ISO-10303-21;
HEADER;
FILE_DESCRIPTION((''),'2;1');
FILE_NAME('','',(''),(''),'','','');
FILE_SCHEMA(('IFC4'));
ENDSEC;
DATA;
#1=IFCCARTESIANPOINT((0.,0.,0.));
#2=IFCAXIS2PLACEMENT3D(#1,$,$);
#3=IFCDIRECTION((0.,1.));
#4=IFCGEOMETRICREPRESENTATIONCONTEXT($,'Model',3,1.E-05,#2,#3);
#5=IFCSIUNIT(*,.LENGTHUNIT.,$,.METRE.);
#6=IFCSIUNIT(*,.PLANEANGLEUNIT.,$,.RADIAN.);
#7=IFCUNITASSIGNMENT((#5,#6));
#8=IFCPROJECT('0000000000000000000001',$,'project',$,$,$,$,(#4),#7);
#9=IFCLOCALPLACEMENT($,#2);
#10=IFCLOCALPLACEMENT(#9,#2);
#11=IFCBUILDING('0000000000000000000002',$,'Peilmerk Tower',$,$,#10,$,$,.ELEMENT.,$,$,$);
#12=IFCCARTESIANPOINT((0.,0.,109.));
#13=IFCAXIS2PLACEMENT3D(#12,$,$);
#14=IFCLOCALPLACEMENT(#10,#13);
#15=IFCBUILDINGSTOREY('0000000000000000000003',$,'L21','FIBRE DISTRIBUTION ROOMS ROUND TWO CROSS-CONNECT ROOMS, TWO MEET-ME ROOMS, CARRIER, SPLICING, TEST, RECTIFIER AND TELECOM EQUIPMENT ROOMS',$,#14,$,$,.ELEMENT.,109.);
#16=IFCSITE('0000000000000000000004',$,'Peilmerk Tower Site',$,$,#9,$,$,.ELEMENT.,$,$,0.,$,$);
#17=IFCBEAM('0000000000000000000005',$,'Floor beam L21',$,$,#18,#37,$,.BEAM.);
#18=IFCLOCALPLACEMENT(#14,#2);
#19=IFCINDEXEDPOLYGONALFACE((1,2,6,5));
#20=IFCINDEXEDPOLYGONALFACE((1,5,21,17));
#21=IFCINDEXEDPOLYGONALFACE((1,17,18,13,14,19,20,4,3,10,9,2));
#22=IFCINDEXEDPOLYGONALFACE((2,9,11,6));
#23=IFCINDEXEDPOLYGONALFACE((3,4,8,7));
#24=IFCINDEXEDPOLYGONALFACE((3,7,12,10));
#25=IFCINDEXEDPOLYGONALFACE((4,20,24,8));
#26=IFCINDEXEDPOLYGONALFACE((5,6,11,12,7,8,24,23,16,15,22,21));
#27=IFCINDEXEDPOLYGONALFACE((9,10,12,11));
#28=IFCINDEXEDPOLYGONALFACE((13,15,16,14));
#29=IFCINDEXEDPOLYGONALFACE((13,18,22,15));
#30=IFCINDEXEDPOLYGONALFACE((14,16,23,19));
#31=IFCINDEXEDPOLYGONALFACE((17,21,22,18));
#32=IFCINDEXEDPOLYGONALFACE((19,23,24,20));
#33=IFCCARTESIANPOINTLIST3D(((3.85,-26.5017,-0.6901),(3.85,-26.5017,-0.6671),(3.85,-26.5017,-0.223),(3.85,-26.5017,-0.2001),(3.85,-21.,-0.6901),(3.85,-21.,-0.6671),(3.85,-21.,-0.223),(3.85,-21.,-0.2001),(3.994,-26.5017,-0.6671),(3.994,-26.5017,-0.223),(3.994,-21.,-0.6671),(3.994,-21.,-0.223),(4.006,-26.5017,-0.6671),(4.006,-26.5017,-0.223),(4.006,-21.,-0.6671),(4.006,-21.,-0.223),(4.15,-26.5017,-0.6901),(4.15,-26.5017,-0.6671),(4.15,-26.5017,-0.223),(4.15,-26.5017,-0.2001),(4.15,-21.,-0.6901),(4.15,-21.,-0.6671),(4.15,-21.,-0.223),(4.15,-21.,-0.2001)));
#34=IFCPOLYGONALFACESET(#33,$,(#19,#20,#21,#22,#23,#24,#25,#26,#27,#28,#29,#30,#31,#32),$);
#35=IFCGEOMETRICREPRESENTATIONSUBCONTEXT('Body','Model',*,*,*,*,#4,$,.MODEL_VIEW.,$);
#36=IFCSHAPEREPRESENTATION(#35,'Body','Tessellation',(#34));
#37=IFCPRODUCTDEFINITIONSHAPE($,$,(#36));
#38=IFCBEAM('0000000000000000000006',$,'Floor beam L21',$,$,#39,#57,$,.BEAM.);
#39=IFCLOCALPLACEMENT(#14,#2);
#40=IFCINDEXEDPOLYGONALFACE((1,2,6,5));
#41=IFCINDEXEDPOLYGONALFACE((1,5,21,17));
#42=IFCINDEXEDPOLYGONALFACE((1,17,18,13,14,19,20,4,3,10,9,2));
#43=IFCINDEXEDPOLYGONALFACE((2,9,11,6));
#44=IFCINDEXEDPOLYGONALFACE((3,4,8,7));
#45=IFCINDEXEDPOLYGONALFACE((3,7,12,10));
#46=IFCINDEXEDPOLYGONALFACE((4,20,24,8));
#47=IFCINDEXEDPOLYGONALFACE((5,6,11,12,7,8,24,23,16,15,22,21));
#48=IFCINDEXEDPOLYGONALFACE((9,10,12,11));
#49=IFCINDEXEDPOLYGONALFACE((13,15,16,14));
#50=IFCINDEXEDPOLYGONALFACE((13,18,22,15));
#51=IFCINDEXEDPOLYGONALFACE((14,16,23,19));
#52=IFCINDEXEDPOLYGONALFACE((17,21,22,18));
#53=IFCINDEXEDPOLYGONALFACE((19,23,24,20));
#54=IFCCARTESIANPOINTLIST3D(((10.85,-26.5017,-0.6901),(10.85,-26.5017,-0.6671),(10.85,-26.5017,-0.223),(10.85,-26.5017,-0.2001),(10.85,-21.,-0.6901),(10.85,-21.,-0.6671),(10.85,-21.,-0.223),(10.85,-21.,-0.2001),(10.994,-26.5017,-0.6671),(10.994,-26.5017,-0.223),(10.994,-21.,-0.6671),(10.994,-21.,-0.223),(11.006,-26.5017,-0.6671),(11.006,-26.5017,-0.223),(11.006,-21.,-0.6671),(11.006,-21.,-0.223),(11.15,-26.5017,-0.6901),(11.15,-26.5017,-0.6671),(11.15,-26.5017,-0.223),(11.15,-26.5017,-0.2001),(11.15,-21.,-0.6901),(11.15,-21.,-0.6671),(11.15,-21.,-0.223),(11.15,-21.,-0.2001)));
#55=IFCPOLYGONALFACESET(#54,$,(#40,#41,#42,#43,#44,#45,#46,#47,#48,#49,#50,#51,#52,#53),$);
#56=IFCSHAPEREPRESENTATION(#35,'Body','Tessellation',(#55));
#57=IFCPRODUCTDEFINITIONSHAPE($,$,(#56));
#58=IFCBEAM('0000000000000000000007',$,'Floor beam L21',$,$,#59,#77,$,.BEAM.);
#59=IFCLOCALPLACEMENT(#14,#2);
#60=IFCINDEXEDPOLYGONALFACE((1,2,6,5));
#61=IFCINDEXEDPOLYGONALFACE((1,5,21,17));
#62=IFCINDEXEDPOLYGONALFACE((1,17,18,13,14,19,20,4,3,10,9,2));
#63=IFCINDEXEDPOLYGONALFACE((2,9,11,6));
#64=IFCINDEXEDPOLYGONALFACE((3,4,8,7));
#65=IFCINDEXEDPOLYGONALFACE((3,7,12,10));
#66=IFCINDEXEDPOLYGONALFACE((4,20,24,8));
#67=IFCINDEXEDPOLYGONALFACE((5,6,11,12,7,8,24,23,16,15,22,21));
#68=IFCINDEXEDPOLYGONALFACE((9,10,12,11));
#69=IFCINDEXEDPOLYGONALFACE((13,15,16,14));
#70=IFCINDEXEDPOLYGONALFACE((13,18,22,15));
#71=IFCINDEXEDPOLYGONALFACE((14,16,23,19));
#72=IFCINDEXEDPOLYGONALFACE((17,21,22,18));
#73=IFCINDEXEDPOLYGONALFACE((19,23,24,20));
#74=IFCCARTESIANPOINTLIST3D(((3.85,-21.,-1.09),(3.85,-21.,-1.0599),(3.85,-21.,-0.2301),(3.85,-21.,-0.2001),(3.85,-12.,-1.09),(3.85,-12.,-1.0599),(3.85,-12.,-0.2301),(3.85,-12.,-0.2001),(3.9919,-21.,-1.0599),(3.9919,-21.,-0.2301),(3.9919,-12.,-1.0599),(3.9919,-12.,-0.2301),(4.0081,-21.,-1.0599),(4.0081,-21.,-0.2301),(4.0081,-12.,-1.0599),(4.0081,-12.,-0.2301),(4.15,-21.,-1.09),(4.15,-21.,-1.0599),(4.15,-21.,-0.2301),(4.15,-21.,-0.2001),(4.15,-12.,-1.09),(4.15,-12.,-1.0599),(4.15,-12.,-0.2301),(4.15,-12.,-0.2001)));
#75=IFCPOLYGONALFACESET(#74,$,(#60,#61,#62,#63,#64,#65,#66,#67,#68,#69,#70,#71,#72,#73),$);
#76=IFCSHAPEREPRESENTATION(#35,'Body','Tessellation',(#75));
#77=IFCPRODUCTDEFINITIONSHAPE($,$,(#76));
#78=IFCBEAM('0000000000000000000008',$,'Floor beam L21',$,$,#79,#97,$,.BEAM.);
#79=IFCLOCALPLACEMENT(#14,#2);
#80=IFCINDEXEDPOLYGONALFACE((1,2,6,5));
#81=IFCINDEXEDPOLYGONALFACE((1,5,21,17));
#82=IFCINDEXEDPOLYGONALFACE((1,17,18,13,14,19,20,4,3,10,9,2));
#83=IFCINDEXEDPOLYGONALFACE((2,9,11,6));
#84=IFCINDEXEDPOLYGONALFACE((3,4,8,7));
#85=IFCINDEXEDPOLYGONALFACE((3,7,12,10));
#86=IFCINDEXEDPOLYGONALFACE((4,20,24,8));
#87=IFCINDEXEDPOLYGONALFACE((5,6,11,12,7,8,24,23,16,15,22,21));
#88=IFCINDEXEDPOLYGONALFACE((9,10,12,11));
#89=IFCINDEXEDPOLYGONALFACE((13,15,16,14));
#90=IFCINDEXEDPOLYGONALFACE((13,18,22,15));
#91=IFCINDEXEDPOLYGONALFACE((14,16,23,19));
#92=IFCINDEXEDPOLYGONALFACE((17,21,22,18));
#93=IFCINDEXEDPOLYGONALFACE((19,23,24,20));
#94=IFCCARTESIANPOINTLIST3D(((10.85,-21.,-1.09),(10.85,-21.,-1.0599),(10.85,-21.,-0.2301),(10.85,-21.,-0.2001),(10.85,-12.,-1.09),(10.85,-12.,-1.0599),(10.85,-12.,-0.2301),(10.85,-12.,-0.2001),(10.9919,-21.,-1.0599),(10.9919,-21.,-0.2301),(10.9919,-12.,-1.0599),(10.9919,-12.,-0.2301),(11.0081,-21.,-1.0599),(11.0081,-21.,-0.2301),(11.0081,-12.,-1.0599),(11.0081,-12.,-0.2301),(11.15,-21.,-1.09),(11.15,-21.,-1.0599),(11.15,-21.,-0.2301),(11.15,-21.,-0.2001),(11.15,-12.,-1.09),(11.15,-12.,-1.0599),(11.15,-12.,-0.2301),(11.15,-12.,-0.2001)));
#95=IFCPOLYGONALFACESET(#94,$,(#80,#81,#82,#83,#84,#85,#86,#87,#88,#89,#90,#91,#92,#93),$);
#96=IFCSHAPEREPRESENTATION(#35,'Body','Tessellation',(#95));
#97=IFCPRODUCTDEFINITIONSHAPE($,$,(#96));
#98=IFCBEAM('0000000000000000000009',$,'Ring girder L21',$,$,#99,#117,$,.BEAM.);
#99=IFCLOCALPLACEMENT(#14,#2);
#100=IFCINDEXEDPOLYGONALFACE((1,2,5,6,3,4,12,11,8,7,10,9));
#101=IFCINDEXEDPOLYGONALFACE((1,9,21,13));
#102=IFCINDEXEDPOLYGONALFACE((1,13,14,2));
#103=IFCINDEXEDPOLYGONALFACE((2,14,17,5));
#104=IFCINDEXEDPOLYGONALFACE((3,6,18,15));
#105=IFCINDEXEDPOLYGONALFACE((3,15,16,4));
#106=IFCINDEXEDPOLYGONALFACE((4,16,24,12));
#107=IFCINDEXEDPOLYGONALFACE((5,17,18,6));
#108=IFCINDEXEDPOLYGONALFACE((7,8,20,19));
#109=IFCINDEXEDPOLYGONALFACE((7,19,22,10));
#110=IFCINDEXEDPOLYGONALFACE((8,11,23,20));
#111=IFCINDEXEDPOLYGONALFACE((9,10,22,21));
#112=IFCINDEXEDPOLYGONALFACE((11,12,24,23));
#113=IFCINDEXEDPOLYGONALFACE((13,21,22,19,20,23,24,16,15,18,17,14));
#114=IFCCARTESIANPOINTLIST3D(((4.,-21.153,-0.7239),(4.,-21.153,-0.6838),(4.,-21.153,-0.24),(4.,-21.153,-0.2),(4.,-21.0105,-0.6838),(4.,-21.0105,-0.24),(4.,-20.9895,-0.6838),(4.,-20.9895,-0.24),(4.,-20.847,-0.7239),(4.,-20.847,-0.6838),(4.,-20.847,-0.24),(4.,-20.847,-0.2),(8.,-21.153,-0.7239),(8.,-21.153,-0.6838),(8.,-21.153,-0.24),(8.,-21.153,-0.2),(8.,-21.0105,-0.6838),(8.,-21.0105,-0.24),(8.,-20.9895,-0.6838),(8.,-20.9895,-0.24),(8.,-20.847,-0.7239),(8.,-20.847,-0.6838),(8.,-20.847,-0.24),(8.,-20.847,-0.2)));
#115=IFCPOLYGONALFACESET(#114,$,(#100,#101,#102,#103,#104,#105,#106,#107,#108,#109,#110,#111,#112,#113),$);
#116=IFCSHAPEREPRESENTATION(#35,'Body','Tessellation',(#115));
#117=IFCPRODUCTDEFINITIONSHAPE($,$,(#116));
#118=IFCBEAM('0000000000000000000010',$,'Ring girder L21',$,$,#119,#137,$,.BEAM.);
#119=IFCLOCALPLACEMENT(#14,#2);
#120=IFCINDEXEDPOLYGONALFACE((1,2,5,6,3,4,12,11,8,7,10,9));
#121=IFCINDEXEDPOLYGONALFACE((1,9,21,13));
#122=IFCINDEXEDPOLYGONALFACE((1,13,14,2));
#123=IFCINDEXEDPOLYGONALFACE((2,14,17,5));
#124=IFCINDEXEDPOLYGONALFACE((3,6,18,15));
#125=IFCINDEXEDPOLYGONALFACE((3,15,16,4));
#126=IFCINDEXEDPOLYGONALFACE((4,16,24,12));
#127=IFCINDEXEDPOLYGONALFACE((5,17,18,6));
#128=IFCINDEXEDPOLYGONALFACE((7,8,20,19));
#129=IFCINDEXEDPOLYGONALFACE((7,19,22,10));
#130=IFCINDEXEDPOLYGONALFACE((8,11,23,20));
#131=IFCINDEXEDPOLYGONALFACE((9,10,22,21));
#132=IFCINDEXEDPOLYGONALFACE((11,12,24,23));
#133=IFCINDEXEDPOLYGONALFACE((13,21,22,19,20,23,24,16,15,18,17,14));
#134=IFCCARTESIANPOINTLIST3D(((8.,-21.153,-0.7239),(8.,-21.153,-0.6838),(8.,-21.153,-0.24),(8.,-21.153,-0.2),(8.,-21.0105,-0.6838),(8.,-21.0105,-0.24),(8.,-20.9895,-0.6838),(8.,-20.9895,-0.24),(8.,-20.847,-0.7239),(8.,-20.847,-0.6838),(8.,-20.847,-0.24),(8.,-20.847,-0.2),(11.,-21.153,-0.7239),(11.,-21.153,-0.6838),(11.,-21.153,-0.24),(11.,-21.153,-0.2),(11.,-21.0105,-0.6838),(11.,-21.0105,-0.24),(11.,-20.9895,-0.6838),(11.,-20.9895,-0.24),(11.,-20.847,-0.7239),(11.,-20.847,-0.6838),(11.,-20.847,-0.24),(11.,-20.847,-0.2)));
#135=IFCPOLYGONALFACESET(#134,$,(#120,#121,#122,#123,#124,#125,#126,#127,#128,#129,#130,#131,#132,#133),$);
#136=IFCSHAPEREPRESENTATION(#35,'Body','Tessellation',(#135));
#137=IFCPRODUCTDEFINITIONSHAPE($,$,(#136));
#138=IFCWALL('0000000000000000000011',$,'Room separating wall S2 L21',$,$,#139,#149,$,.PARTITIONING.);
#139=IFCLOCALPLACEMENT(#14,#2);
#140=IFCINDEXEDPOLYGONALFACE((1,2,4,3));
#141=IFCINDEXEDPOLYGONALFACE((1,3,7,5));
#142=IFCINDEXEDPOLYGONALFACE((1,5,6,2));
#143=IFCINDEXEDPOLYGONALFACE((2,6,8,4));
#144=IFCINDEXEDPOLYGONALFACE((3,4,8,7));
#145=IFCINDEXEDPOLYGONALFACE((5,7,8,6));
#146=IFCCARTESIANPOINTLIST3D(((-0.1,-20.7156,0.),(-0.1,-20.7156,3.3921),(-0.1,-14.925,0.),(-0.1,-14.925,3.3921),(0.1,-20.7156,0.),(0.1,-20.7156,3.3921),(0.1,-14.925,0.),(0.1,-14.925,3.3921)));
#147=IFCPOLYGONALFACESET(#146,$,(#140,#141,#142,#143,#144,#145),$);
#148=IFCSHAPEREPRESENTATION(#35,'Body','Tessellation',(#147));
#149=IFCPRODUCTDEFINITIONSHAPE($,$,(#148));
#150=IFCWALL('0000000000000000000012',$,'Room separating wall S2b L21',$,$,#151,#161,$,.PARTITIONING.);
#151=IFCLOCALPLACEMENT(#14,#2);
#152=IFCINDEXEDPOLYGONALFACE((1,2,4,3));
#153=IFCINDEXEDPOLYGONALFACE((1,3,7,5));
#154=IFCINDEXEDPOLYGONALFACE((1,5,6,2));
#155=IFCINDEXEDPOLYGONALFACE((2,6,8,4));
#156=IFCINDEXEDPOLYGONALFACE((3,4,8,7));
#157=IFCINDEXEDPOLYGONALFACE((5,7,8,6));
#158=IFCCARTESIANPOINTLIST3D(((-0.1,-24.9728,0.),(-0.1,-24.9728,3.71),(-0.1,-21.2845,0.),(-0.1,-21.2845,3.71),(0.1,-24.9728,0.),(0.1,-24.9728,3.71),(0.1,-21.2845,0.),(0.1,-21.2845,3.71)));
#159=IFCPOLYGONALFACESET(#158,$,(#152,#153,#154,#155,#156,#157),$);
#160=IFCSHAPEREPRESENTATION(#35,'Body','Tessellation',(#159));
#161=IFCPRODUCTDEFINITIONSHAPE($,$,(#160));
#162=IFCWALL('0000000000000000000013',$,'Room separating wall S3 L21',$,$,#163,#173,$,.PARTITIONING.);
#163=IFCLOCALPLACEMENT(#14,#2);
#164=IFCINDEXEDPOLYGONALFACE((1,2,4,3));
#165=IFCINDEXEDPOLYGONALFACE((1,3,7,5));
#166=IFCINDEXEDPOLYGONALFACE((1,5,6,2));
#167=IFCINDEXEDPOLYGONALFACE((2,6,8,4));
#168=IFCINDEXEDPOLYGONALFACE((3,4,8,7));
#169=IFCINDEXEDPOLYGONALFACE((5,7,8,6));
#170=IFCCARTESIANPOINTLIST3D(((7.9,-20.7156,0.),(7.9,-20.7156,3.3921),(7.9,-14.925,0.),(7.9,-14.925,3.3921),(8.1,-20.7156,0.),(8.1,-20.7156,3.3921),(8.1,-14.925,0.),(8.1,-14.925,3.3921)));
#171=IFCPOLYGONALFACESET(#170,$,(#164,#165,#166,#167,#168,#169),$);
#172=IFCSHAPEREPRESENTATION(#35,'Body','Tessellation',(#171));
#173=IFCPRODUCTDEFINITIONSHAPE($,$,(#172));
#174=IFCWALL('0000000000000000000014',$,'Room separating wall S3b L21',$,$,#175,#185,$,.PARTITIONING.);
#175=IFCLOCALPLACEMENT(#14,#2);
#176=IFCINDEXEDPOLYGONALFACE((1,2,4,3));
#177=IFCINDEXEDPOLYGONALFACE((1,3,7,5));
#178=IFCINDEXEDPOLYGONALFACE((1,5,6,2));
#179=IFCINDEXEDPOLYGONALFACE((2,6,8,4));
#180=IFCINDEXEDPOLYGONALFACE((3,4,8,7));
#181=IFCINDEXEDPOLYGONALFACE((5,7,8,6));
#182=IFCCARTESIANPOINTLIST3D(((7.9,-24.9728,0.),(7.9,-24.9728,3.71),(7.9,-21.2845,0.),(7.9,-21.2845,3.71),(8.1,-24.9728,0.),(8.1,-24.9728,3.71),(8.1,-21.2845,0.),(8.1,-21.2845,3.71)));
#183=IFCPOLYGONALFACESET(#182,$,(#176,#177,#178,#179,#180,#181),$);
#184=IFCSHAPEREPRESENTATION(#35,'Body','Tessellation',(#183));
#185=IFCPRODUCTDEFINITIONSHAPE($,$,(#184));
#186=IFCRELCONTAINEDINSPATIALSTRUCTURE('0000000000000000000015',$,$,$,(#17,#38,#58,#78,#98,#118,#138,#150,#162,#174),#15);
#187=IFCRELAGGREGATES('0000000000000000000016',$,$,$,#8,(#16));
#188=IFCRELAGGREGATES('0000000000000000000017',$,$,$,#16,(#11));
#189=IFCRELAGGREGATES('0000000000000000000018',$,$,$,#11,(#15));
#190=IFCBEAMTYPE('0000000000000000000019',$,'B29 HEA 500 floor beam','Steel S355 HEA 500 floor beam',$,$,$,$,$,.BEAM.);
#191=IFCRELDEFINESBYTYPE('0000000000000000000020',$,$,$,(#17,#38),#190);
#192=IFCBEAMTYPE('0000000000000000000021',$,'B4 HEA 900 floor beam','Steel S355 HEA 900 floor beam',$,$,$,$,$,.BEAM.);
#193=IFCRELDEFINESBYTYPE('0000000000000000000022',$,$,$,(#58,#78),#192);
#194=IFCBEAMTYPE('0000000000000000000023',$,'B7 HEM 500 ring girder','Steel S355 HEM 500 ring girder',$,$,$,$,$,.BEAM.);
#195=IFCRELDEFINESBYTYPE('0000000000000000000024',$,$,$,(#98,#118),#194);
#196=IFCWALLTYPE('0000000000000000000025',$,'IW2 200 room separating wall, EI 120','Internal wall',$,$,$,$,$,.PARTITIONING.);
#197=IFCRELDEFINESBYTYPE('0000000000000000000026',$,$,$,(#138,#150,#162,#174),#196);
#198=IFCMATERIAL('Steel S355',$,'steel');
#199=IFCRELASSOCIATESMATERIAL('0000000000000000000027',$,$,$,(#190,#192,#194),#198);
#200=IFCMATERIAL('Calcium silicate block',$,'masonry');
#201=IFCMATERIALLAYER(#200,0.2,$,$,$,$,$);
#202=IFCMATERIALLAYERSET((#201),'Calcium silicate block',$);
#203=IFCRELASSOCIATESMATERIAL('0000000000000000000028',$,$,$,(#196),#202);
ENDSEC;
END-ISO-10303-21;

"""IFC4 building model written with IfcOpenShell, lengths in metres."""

from ifc_helpers import new_model, si_unit, direction, frame, frame_2d, origin, origin_2d, place, context, subcontext, project, spatial, rectangle, i_section, extrude, material, layer, layer_set, material_profile, profile_set, type_object, element, save


model = new_model("IFC4")

# Units and contexts
model_context = context("Model", 3, precision=1e-05, world=origin(), true_north=direction((0.0, 1.0)))
body_context = subcontext(model_context, "Body", "Model", "MODEL_VIEW")
ifc_project = project(units=[si_unit("LENGTHUNIT", "METRE"), si_unit("PLANEANGLEUNIT", "RADIAN")], contexts=[model_context])

# Site, building, storey
site_placement = place(None, origin())
site = spatial("IfcSite", under=ifc_project, at=site_placement, Name="Peilmerk Tower Site", CompositionType="ELEMENT", RefElevation=0.0)
building_placement = place(site_placement, origin())
building = spatial("IfcBuilding", under=site, at=building_placement, Name="Peilmerk Tower", CompositionType="ELEMENT")
storey_placement = place(building_placement, frame((0.0, 0.0, 109.0)))
storey = spatial("IfcBuildingStorey", under=building, at=storey_placement, Name="L21", Description="FIBRE DISTRIBUTION ROOMS ROUND TWO CROSS-CONNECT ROOMS, TWO MEET-ME ROOMS, CARRIER, SPLICING, TEST, RECTIFIER AND TELECOM EQUIPMENT ROOMS", CompositionType="ELEMENT", Elevation=109.0)

# Beams
ifc_material_1 = material(Name="Steel S355", Category="steel")
ifc_material_profile_1 = material_profile(ifc_material_1, i_section(OverallWidth=0.3, OverallDepth=0.49, WebThickness=0.012, FlangeThickness=0.0229, at=origin_2d()), Name="HEA 500")
ifc_profile_set_1 = profile_set([ifc_material_profile_1], Name="Steel S355")
beam_type_1 = type_object("IfcBeamType", Name="B29 HEA 500 floor beam", Description="Steel S355 HEA 500 floor beam", PredefinedType="BEAM", material=ifc_profile_set_1)
for number, where, z_axis, x_axis, name in (
    (1, (4.0, -21.0, -0.4451), (0.0, -1.0, 0.0), (1.0, 0.0, 0.0), "Floor beam L21"),
    (2, (11.0, -21.0, -0.4451), (0.0, -1.0, 0.0), (1.0, 0.0, 0.0), "Floor beam L21"),
):
    element("IfcBeam", number, at=place(storey_placement, frame(where, z_axis=z_axis, x_axis=x_axis)), inside=storey, type_object=beam_type_1, Name=name, PredefinedType="BEAM", context=body_context, shape_type="SweptSolid", body=[
        extrude(i_section(OverallWidth=0.3, OverallDepth=0.49, WebThickness=0.012, FlangeThickness=0.0229, at=origin_2d()), origin(), (0.0, 0.0, 1.0), 5.5017),
    ])
ifc_material_profile_2 = material_profile(ifc_material_1, i_section(OverallWidth=0.3, OverallDepth=0.8899, WebThickness=0.0161, FlangeThickness=0.03, at=origin_2d()), Name="HEA 900")
ifc_profile_set_2 = profile_set([ifc_material_profile_2], Name="Steel S355")
beam_type_2 = type_object("IfcBeamType", Name="B4 HEA 900 floor beam", Description="Steel S355 HEA 900 floor beam", PredefinedType="BEAM", material=ifc_profile_set_2)
for number, where, z_axis, x_axis, name in (
    (3, (4.0, -12.0, -0.645), (0.0, -1.0, 0.0), (1.0, 0.0, 0.0), "Floor beam L21"),
    (4, (11.0, -12.0, -0.645), (0.0, -1.0, 0.0), (1.0, 0.0, 0.0), "Floor beam L21"),
):
    element("IfcBeam", number, at=place(storey_placement, frame(where, z_axis=z_axis, x_axis=x_axis)), inside=storey, type_object=beam_type_2, Name=name, PredefinedType="BEAM", context=body_context, shape_type="SweptSolid", body=[
        extrude(i_section(OverallWidth=0.3, OverallDepth=0.8899, WebThickness=0.0161, FlangeThickness=0.03, at=origin_2d()), origin(), (0.0, 0.0, 1.0), 9.0),
    ])
ifc_material_profile_3 = material_profile(ifc_material_1, i_section(OverallWidth=0.3059, OverallDepth=0.5239, WebThickness=0.021, FlangeThickness=0.04, at=origin_2d()), Name="HEM 500")
ifc_profile_set_3 = profile_set([ifc_material_profile_3], Name="Steel S355")
beam_type_3 = type_object("IfcBeamType", Name="B7 HEM 500 ring girder", Description="Steel S355 HEM 500 ring girder", PredefinedType="BEAM", material=ifc_profile_set_3)
beam_1_placement = place(storey_placement, frame((4.0, -21.0, -0.4619), z_axis=(1.0, 0.0, 0.0), x_axis=(0.0, 1.0, 0.0)))
element("IfcBeam", 5, at=beam_1_placement, inside=storey, type_object=beam_type_3, Name="Ring girder L21", PredefinedType="BEAM", context=body_context, shape_type="SweptSolid", body=[
    extrude(i_section(OverallWidth=0.3059, OverallDepth=0.5239, WebThickness=0.021, FlangeThickness=0.04, at=origin_2d()), origin(), (0.0, 0.0, 1.0), 4.0),
])
beam_2_placement = place(storey_placement, frame((8.0, -21.0, -0.4619), z_axis=(1.0, 0.0, 0.0), x_axis=(0.0, 1.0, 0.0)))
element("IfcBeam", 6, at=beam_2_placement, inside=storey, type_object=beam_type_3, Name="Ring girder L21", PredefinedType="BEAM", context=body_context, shape_type="SweptSolid", body=[
    extrude(i_section(OverallWidth=0.3059, OverallDepth=0.5239, WebThickness=0.021, FlangeThickness=0.04, at=origin_2d()), origin(), (0.0, 0.0, 1.0), 3.0),
])

# Walls
ifc_material_2 = material(Name="Calcium silicate block", Category="masonry")
ifc_layer_1 = layer(ifc_material_2, 0.2)
ifc_layer_set_1 = layer_set([ifc_layer_1], Name="Calcium silicate block")
wall_type_1 = type_object("IfcWallType", Name="IW2 200 room separating wall, EI 120", Description="Internal wall", PredefinedType="PARTITIONING", material=ifc_layer_set_1)
wall_1_placement = place(storey_placement, frame((0.0, -14.925, 0.0), z_axis=(0.0, 0.0, 1.0), x_axis=(0.0, -1.0, 0.0)))
element("IfcWall", 7, at=wall_1_placement, inside=storey, type_object=wall_type_1, Name="Room separating wall S2 L21", PredefinedType="PARTITIONING", context=body_context, shape_type="SweptSolid", body=[
    extrude(rectangle(XDim=5.7905, YDim=0.2, at=frame_2d((2.8953, 0.0))), origin(), (0.0, 0.0, 1.0), 3.3921),
])
wall_2_placement = place(storey_placement, frame((0.0, -21.2844, 0.0), z_axis=(0.0, 0.0, 1.0), x_axis=(0.0, -1.0, 0.0)))
element("IfcWall", 8, at=wall_2_placement, inside=storey, type_object=wall_type_1, Name="Room separating wall S2b L21", PredefinedType="PARTITIONING", context=body_context, shape_type="SweptSolid", body=[
    extrude(rectangle(XDim=3.6882, YDim=0.2, at=frame_2d((1.8442, 0.0))), origin(), (0.0, 0.0, 1.0), 3.71),
])
wall_3_placement = place(storey_placement, frame((8.0, -14.925, 0.0), z_axis=(0.0, 0.0, 1.0), x_axis=(0.0, -1.0, 0.0)))
element("IfcWall", 9, at=wall_3_placement, inside=storey, type_object=wall_type_1, Name="Room separating wall S3 L21", PredefinedType="PARTITIONING", context=body_context, shape_type="SweptSolid", body=[
    extrude(rectangle(XDim=5.7905, YDim=0.2, at=frame_2d((2.8953, 0.0))), origin(), (0.0, 0.0, 1.0), 3.3921),
])
wall_4_placement = place(storey_placement, frame((8.0, -21.2844, 0.0), z_axis=(0.0, 0.0, 1.0), x_axis=(0.0, -1.0, 0.0)))
element("IfcWall", 10, at=wall_4_placement, inside=storey, type_object=wall_type_1, Name="Room separating wall S3b L21", PredefinedType="PARTITIONING", context=body_context, shape_type="SweptSolid", body=[
    extrude(rectangle(XDim=3.6882, YDim=0.2, at=frame_2d((1.8442, 0.0))), origin(), (0.0, 0.0, 1.0), 3.71),
])

save(model, "model.ifc")
